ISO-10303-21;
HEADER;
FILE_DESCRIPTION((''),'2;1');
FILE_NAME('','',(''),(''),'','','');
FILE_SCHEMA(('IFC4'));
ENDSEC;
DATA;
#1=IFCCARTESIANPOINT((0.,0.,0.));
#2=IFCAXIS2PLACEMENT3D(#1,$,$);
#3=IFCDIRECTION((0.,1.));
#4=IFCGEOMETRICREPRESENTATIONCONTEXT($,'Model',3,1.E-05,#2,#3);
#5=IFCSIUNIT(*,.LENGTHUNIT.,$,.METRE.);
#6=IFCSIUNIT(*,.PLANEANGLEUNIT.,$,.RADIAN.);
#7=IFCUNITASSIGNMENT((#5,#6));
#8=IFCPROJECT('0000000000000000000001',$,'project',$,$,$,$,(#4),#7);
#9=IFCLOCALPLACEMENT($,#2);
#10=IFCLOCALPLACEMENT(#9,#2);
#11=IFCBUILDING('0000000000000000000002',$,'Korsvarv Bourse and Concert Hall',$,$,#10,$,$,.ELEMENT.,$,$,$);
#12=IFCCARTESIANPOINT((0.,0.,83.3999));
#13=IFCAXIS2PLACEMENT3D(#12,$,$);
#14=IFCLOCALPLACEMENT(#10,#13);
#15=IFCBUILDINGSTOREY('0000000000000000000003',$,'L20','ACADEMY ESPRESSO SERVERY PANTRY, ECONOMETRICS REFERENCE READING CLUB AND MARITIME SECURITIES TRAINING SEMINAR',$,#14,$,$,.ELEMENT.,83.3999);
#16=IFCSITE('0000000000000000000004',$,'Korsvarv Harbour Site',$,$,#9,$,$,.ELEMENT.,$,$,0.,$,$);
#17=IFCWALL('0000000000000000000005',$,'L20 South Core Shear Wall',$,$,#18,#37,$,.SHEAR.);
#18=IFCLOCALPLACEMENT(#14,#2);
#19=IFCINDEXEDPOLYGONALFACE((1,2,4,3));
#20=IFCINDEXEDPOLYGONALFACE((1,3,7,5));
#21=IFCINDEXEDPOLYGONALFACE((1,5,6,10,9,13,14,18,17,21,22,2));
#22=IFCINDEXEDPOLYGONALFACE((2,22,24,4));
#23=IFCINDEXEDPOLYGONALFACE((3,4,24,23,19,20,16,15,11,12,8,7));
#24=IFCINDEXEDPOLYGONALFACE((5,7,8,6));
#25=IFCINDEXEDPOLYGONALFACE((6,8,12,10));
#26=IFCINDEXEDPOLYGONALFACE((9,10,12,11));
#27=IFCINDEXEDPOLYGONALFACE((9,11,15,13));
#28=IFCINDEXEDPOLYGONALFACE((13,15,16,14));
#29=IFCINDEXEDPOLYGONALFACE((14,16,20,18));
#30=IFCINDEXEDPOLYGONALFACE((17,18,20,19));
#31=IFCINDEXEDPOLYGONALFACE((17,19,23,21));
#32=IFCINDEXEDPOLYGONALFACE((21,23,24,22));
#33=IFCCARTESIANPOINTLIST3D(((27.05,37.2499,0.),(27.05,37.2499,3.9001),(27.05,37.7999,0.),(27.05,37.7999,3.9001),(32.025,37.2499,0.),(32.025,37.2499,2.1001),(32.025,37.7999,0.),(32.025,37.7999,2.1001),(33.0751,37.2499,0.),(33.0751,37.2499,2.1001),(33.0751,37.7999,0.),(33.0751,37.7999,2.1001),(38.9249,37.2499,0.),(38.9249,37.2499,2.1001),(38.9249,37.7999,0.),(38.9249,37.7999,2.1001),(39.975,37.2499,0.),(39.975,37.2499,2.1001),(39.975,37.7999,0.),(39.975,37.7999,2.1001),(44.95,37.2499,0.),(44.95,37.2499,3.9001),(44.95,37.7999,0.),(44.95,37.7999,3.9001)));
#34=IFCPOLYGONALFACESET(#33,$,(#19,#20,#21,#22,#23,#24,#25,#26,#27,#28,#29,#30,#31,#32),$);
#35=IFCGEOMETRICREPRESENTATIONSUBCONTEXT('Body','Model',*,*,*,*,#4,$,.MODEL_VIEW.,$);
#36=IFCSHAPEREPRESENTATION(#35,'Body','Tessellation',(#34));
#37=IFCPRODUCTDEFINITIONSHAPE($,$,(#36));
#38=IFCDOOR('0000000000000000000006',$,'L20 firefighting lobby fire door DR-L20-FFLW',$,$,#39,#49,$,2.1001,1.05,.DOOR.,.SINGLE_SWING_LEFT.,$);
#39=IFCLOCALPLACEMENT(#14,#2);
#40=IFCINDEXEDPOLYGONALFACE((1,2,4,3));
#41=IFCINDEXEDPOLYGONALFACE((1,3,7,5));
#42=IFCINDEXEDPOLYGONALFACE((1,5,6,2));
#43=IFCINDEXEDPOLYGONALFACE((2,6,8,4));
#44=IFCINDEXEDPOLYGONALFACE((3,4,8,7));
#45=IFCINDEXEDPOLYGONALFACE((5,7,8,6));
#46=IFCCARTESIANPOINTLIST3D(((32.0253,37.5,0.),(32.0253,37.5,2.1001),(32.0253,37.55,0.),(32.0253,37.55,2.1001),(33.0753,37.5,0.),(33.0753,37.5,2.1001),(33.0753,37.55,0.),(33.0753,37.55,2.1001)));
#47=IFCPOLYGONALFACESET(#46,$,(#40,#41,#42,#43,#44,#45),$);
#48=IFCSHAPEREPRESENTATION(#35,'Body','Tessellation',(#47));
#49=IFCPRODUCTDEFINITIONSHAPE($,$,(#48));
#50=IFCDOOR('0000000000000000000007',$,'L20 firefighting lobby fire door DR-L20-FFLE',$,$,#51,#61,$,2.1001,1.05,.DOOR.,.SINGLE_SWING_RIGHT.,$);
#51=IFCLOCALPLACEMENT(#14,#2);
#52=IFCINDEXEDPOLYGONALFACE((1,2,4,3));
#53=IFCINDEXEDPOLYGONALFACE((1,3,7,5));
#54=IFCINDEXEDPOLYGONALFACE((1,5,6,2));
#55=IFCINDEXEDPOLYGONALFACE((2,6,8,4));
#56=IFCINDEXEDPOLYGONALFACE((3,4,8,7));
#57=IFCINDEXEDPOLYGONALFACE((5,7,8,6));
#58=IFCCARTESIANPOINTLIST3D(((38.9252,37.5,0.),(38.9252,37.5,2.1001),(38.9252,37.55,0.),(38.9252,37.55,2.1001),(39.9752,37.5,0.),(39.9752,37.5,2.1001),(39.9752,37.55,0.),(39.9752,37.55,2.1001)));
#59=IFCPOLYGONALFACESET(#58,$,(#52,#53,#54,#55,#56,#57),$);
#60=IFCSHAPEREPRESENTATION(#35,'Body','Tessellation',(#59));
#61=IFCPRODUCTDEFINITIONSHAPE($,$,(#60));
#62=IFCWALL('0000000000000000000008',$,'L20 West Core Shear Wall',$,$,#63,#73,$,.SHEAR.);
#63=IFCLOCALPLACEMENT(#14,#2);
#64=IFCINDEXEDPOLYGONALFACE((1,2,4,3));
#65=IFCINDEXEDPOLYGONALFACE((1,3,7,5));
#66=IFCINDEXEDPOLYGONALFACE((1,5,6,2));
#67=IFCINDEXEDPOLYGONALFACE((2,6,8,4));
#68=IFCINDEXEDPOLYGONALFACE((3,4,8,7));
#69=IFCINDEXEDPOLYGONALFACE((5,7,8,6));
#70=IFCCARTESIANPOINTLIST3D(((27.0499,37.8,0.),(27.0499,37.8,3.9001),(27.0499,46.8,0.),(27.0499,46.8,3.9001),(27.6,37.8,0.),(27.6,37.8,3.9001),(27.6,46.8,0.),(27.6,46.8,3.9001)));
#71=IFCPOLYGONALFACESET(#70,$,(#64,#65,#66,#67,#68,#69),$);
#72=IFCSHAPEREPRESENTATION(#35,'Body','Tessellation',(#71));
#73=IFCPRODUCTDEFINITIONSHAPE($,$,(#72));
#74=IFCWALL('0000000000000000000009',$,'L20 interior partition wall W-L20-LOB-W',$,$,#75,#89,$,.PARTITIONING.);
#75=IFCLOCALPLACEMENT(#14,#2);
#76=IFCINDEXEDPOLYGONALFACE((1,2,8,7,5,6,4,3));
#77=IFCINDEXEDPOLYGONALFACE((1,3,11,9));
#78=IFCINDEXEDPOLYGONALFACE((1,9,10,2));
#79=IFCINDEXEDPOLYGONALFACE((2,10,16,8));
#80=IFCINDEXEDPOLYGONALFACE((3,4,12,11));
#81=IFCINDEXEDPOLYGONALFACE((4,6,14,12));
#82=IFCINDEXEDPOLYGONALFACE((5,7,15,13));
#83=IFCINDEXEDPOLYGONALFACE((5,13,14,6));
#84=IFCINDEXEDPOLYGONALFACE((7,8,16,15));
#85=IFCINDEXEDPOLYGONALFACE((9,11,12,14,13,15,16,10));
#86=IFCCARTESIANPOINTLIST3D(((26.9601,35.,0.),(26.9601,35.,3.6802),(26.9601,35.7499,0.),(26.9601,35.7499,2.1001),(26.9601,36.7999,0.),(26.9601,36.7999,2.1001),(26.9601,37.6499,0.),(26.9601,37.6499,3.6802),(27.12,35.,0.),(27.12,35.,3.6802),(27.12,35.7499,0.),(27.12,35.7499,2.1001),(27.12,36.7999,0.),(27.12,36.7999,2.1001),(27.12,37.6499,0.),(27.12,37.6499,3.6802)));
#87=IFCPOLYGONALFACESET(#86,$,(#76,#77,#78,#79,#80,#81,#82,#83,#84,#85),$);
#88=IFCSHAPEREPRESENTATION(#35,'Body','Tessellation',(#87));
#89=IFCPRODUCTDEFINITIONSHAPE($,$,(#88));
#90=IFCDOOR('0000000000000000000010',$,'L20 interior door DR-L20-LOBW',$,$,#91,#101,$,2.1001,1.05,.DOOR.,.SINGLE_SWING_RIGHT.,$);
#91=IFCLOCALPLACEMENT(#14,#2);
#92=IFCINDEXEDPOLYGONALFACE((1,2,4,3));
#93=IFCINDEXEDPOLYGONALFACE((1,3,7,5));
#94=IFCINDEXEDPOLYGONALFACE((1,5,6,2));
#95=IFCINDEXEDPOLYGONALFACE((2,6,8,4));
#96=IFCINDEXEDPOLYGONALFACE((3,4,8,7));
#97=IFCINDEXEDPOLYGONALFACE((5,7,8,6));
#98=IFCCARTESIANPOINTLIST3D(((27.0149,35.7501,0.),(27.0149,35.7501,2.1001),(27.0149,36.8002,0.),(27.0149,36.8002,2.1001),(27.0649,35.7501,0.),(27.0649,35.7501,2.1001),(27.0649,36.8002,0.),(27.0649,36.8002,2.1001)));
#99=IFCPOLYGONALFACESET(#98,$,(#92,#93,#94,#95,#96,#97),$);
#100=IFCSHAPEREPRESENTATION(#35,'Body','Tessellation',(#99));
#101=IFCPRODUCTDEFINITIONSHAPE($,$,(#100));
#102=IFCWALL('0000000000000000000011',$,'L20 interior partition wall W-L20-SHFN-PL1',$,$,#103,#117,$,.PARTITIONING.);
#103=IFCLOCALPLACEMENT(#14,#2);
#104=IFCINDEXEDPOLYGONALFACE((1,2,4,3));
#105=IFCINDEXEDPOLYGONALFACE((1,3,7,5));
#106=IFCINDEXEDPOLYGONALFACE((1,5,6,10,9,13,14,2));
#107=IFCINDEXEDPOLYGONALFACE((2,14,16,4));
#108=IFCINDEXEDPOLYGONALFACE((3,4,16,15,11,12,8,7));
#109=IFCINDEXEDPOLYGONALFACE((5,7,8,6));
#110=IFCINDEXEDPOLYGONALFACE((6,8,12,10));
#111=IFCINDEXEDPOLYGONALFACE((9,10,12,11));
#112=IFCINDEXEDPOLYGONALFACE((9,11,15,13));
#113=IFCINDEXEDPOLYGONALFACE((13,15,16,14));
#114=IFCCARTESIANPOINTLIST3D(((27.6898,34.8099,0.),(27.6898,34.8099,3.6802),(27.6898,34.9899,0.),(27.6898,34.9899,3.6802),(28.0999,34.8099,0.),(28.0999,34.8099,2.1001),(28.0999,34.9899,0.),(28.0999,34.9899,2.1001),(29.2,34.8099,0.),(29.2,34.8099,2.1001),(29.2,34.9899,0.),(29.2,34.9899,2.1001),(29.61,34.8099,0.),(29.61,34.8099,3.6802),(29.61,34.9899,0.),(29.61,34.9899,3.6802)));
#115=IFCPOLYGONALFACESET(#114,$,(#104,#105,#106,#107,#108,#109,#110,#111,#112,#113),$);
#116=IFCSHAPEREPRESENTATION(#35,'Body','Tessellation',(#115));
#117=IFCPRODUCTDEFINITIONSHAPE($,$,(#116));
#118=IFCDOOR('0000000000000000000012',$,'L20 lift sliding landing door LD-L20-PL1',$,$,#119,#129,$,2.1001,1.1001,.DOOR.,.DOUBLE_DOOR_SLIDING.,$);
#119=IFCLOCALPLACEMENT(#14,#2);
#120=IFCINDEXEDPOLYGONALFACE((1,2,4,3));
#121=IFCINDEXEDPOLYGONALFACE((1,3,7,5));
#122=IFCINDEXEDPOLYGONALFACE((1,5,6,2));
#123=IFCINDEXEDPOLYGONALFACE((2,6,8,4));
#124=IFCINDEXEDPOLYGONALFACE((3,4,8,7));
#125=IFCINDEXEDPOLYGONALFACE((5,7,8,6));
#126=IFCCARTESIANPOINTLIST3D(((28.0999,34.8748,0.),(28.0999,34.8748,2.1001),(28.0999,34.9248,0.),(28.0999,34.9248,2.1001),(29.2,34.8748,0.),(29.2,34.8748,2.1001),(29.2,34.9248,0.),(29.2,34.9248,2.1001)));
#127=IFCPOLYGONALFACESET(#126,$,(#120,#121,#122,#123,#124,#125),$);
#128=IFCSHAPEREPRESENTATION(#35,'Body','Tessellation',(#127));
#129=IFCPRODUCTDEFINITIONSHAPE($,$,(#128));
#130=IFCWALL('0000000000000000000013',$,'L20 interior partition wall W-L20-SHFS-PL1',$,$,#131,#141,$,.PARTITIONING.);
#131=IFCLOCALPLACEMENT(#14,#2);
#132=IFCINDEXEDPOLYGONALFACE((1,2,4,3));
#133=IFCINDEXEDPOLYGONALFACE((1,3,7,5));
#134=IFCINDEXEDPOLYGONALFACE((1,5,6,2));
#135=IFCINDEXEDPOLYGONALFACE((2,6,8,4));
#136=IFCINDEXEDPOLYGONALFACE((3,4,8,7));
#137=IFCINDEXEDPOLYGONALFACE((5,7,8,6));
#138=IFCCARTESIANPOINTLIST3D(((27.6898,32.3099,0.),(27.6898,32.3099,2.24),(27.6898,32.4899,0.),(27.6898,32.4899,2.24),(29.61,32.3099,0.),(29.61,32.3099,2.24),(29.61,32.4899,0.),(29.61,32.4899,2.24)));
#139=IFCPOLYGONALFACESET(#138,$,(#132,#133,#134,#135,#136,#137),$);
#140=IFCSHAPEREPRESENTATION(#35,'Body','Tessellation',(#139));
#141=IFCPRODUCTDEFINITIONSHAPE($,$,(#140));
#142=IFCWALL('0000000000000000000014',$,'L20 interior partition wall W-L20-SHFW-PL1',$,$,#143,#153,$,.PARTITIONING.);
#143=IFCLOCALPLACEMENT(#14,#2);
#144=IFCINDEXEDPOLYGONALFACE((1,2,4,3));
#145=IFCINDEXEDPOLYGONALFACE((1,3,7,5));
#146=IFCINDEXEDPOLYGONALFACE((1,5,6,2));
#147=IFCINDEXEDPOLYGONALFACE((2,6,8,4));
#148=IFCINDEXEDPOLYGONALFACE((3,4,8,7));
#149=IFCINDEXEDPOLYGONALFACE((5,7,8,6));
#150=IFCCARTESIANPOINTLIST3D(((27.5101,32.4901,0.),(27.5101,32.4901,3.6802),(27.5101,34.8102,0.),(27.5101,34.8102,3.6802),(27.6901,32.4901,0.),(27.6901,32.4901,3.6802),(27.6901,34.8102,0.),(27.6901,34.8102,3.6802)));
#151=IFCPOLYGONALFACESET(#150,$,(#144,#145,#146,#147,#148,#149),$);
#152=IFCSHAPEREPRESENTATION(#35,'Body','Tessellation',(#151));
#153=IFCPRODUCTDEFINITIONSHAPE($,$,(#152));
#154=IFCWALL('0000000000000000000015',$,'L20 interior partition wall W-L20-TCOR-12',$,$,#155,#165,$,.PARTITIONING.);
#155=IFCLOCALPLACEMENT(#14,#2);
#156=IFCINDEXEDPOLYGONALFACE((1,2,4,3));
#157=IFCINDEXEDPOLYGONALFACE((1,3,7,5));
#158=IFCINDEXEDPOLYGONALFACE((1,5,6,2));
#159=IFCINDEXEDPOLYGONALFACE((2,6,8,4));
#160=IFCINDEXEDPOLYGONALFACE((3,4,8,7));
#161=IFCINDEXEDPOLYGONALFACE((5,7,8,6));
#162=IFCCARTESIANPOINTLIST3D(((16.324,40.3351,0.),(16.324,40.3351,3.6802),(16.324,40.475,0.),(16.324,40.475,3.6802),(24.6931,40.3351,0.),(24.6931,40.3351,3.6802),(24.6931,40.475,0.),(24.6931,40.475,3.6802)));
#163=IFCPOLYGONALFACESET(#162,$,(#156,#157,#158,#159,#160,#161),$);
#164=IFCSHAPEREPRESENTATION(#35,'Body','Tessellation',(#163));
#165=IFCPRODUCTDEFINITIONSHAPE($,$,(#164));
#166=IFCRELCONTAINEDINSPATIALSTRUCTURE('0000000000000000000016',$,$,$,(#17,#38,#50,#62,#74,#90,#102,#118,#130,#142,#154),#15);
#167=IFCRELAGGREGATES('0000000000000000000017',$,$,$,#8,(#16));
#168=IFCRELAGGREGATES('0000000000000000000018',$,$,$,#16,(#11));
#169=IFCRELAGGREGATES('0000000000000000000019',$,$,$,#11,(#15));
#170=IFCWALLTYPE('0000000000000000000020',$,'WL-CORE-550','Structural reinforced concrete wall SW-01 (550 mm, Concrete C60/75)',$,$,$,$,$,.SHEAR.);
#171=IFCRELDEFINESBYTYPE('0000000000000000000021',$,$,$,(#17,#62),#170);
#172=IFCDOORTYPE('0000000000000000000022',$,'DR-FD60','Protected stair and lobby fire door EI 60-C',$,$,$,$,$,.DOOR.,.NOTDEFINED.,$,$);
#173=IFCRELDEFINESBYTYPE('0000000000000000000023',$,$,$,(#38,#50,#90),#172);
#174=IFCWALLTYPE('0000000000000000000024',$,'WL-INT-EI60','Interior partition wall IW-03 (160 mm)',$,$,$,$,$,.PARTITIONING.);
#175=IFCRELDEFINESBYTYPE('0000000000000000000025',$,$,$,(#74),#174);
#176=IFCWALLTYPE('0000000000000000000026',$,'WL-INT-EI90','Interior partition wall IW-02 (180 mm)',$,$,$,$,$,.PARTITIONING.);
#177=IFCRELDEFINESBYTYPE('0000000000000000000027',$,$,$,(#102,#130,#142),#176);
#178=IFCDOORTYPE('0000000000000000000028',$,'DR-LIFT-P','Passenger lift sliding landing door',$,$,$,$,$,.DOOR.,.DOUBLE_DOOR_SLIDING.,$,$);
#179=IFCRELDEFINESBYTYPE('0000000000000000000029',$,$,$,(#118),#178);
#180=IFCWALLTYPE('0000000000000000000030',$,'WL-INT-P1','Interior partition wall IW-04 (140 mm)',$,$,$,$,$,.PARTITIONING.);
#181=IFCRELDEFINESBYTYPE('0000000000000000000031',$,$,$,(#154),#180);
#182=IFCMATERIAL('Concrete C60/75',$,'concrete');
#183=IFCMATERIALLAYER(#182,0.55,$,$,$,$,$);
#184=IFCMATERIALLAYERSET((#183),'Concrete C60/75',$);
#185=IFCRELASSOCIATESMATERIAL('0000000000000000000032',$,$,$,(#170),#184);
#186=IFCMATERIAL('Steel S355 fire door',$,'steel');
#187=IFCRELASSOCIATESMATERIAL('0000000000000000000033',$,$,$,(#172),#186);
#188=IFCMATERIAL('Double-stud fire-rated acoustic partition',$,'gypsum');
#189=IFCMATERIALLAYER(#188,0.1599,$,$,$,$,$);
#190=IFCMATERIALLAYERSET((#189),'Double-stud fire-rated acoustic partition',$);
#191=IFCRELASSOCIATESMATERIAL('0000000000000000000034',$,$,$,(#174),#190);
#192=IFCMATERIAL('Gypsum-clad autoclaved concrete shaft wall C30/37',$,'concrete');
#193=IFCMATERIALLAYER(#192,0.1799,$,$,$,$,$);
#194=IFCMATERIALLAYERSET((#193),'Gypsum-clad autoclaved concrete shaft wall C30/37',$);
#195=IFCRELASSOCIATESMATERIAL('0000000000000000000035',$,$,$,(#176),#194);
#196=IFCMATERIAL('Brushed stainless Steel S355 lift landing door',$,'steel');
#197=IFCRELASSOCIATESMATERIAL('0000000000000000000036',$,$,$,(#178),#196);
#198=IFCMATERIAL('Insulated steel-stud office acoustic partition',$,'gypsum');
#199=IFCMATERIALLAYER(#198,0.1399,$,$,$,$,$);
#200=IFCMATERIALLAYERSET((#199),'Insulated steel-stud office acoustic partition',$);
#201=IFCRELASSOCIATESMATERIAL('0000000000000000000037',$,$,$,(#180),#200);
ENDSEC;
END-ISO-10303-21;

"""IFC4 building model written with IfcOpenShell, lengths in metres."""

from ifc_helpers import new_model, si_unit, direction, frame, frame_2d, origin, place, context, subcontext, project, spatial, rectangle, extrude, material, layer, layer_set, type_object, element, fill, save


model = new_model("IFC4")

# Units and contexts
model_context = context("Model", 3, precision=1e-05, world=origin(), true_north=direction((0.0, 1.0)))
body_context = subcontext(model_context, "Body", "Model", "MODEL_VIEW")
ifc_project = project(units=[si_unit("LENGTHUNIT", "METRE"), si_unit("PLANEANGLEUNIT", "RADIAN")], contexts=[model_context])

# Site, building, storey
site_placement = place(None, origin())
site = spatial("IfcSite", under=ifc_project, at=site_placement, Name="Korsvarv Harbour Site", CompositionType="ELEMENT", RefElevation=0.0)
building_placement = place(site_placement, origin())
building = spatial("IfcBuilding", under=site, at=building_placement, Name="Korsvarv Bourse and Concert Hall", CompositionType="ELEMENT")
storey_placement = place(building_placement, frame((0.0, 0.0, 83.3999)))
storey = spatial("IfcBuildingStorey", under=building, at=storey_placement, Name="L20", Description="ACADEMY ESPRESSO SERVERY PANTRY, ECONOMETRICS REFERENCE READING CLUB AND MARITIME SECURITIES TRAINING SEMINAR", CompositionType="ELEMENT", Elevation=83.3999)

# Shared definitions
ifc_material_1 = material(Name="Concrete C60/75", Category="concrete")

# Wall, openings, doors
ifc_layer_1 = layer(ifc_material_1, 0.55)
ifc_layer_set_1 = layer_set([ifc_layer_1], Name="Concrete C60/75")
wall_type_1 = type_object("IfcWallType", Name="WL-CORE-550", Description="Structural reinforced concrete wall SW-01 (550 mm, Concrete C60/75)", PredefinedType="SHEAR", material=ifc_layer_set_1)
wall_1_placement = place(storey_placement, frame((27.05, 37.5249, 0.0), z_axis=(0.0, 0.0, 1.0), x_axis=(1.0, 0.0, 0.0)))
wall_1 = element("IfcWall", 1, at=wall_1_placement, inside=storey, type_object=wall_type_1, Name="L20 South Core Shear Wall", PredefinedType="SHEAR", context=body_context, shape_type="SweptSolid", body=[
    extrude(rectangle(XDim=17.8999, YDim=0.55, at=frame_2d((8.95, 0.0))), origin(), (0.0, 0.0, 1.0), 3.9001),
])
opening_1_placement = place(wall_1_placement, frame((4.9751, 0.0, 0.0)))
opening_1 = element("IfcOpeningElement", 2, at=opening_1_placement, cuts=wall_1, PredefinedType="OPENING", context=body_context, shape_type="SweptSolid", body=[
    extrude(rectangle(XDim=1.05, YDim=2.1001, at=frame_2d((0.5249, 1.05))), frame((0.0, 0.2852, 0.0), z_axis=(0.0, -1.0, 0.0), x_axis=(1.0, 0.0, 0.0)), (0.0, 0.0, 1.0), 0.5701),
])
opening_2_placement = place(wall_1_placement, frame((11.875, 0.0, 0.0)))
opening_2 = element("IfcOpeningElement", 3, at=opening_2_placement, cuts=wall_1, PredefinedType="OPENING", context=body_context, shape_type="SweptSolid", body=[
    extrude(rectangle(XDim=1.05, YDim=2.1001, at=frame_2d((0.5249, 1.05))), frame((0.0, 0.2852, 0.0), z_axis=(0.0, -1.0, 0.0), x_axis=(1.0, 0.0, 0.0)), (0.0, 0.0, 1.0), 0.5701),
])
ifc_material_2 = material(Name="Steel S355 fire door", Category="steel")
door_type_1 = type_object("IfcDoorType", Name="DR-FD60", Description="Protected stair and lobby fire door EI 60-C", OperationType="NOTDEFINED", PredefinedType="DOOR", material=ifc_material_2)
door_1_placement = place(opening_1_placement, frame((1.05, 0.0, 0.0), z_axis=(0.0, 0.0, 1.0), x_axis=(-1.0, 0.0, 0.0)))
door_1 = element("IfcDoor", 4, at=door_1_placement, inside=storey, type_object=door_type_1, Name="L20 firefighting lobby fire door DR-L20-FFLW", OperationType="SINGLE_SWING_LEFT", OverallHeight=2.1001, OverallWidth=1.05, PredefinedType="DOOR", context=body_context, shape_type="SweptSolid", body=[
    extrude(rectangle(XDim=1.05, YDim=2.1001, at=frame_2d((0.5249, 1.05))), frame((0.0, 0.0249, 0.0), z_axis=(0.0, -1.0, 0.0), x_axis=(1.0, 0.0, 0.0)), (0.0, 0.0, 1.0), 0.05),
])
fill(opening_1, door_1)
door_2_placement = place(opening_2_placement, frame((1.05, 0.0, 0.0), z_axis=(0.0, 0.0, 1.0), x_axis=(-1.0, 0.0, 0.0)))
door_2 = element("IfcDoor", 5, at=door_2_placement, inside=storey, type_object=door_type_1, Name="L20 firefighting lobby fire door DR-L20-FFLE", OperationType="SINGLE_SWING_RIGHT", OverallHeight=2.1001, OverallWidth=1.05, PredefinedType="DOOR", context=body_context, shape_type="SweptSolid", body=[
    extrude(rectangle(XDim=1.05, YDim=2.1001, at=frame_2d((0.5249, 1.05))), frame((0.0, 0.0249, 0.0), z_axis=(0.0, -1.0, 0.0), x_axis=(1.0, 0.0, 0.0)), (0.0, 0.0, 1.0), 0.05),
])
fill(opening_2, door_2)

# Wall
wall_2_placement = place(storey_placement, frame((27.325, 37.8, 0.0), z_axis=(0.0, 0.0, 1.0), x_axis=(0.0, 1.0, 0.0)))
element("IfcWall", 6, at=wall_2_placement, inside=storey, type_object=wall_type_1, Name="L20 West Core Shear Wall", PredefinedType="SHEAR", context=body_context, shape_type="SweptSolid", body=[
    extrude(rectangle(XDim=9.0, YDim=0.55, at=frame_2d((4.5, 0.0))), origin(), (0.0, 0.0, 1.0), 3.9001),
])

# Walls, openings, doors
ifc_material_3 = material(Name="Double-stud fire-rated acoustic partition", Category="gypsum")
ifc_layer_2 = layer(ifc_material_3, 0.1599)
ifc_layer_set_2 = layer_set([ifc_layer_2], Name="Double-stud fire-rated acoustic partition")
wall_type_2 = type_object("IfcWallType", Name="WL-INT-EI60", Description="Interior partition wall IW-03 (160 mm)", PredefinedType="PARTITIONING", material=ifc_layer_set_2)
wall_3_placement = place(storey_placement, frame((27.04, 35.0, 0.0), z_axis=(0.0, 0.0, 1.0), x_axis=(0.0, 1.0, 0.0)))
wall_3 = element("IfcWall", 7, at=wall_3_placement, inside=storey, type_object=wall_type_2, Name="L20 interior partition wall W-L20-LOB-W", PredefinedType="PARTITIONING", context=body_context, shape_type="SweptSolid", body=[
    extrude(rectangle(XDim=2.6499, YDim=0.1599, at=frame_2d((1.325, 0.0))), origin(), (0.0, 0.0, 1.0), 3.6802),
])
opening_3_placement = place(wall_3_placement, frame((0.75, 0.0, 0.0)))
opening_3 = element("IfcOpeningElement", 8, at=opening_3_placement, cuts=wall_3, PredefinedType="OPENING", context=body_context, shape_type="SweptSolid", body=[
    extrude(rectangle(XDim=1.05, YDim=2.1001, at=frame_2d((0.5249, 1.05))), frame((0.0, 0.0898, 0.0), z_axis=(0.0, -1.0, 0.0), x_axis=(1.0, 0.0, 0.0)), (0.0, 0.0, 1.0), 0.1799),
])
door_3_placement = place(opening_3_placement, frame((1.05, 0.0, 0.0), z_axis=(0.0, 0.0, 1.0), x_axis=(-1.0, 0.0, 0.0)))
door_3 = element("IfcDoor", 9, at=door_3_placement, inside=storey, type_object=door_type_1, Name="L20 interior door DR-L20-LOBW", OperationType="SINGLE_SWING_RIGHT", OverallHeight=2.1001, OverallWidth=1.05, PredefinedType="DOOR", context=body_context, shape_type="SweptSolid", body=[
    extrude(rectangle(XDim=1.05, YDim=2.1001, at=frame_2d((0.5249, 1.05))), frame((0.0, 0.0249, 0.0), z_axis=(0.0, -1.0, 0.0), x_axis=(1.0, 0.0, 0.0)), (0.0, 0.0, 1.0), 0.05),
])
fill(opening_3, door_3)
ifc_material_4 = material(Name="Gypsum-clad autoclaved concrete shaft wall C30/37", Category="concrete")
ifc_layer_3 = layer(ifc_material_4, 0.1799)
ifc_layer_set_3 = layer_set([ifc_layer_3], Name="Gypsum-clad autoclaved concrete shaft wall C30/37")
wall_type_3 = type_object("IfcWallType", Name="WL-INT-EI90", Description="Interior partition wall IW-02 (180 mm)", PredefinedType="PARTITIONING", material=ifc_layer_set_3)
wall_4_placement = place(storey_placement, frame((27.6899, 34.8999, 0.0), z_axis=(0.0, 0.0, 1.0), x_axis=(1.0, 0.0, 0.0)))
wall_4 = element("IfcWall", 10, at=wall_4_placement, inside=storey, type_object=wall_type_3, Name="L20 interior partition wall W-L20-SHFN-PL1", PredefinedType="PARTITIONING", context=body_context, shape_type="SweptSolid", body=[
    extrude(rectangle(XDim=1.9202, YDim=0.1799, at=frame_2d((0.96, 0.0))), origin(), (0.0, 0.0, 1.0), 3.6802),
])
opening_4_placement = place(wall_4_placement, frame((0.4099, 0.0, 0.0)))
opening_4 = element("IfcOpeningElement", 11, at=opening_4_placement, cuts=wall_4, PredefinedType="OPENING", context=body_context, shape_type="SweptSolid", body=[
    extrude(rectangle(XDim=1.1001, YDim=2.1001, at=frame_2d((0.55, 1.05))), frame((0.0, 0.1001, 0.0), z_axis=(0.0, -1.0, 0.0), x_axis=(1.0, 0.0, 0.0)), (0.0, 0.0, 1.0), 0.2),
])
ifc_material_5 = material(Name="Brushed stainless Steel S355 lift landing door", Category="steel")
door_type_2 = type_object("IfcDoorType", Name="DR-LIFT-P", Description="Passenger lift sliding landing door", OperationType="DOUBLE_DOOR_SLIDING", PredefinedType="DOOR", material=ifc_material_5)
door_4_placement = place(opening_4_placement, origin())
door_4 = element("IfcDoor", 12, at=door_4_placement, inside=storey, type_object=door_type_2, Name="L20 lift sliding landing door LD-L20-PL1", OperationType="DOUBLE_DOOR_SLIDING", OverallHeight=2.1001, OverallWidth=1.1001, PredefinedType="DOOR", context=body_context, shape_type="SweptSolid", body=[
    extrude(rectangle(XDim=1.1001, YDim=2.1001, at=frame_2d((0.55, 1.05))), frame((0.0, 0.0249, 0.0), z_axis=(0.0, -1.0, 0.0), x_axis=(1.0, 0.0, 0.0)), (0.0, 0.0, 1.0), 0.05),
])
fill(opening_4, door_4)

# Walls
wall_5_placement = place(storey_placement, frame((27.6899, 32.3999, 0.0), z_axis=(0.0, 0.0, 1.0), x_axis=(1.0, 0.0, 0.0)))
element("IfcWall", 13, at=wall_5_placement, inside=storey, type_object=wall_type_3, Name="L20 interior partition wall W-L20-SHFS-PL1", PredefinedType="PARTITIONING", context=body_context, shape_type="SweptSolid", body=[
    extrude(rectangle(XDim=1.9202, YDim=0.1799, at=frame_2d((0.96, 0.0))), origin(), (0.0, 0.0, 1.0), 2.24),
])
wall_6_placement = place(storey_placement, frame((27.6001, 32.49, 0.0), z_axis=(0.0, 0.0, 1.0), x_axis=(0.0, 1.0, 0.0)))
element("IfcWall", 14, at=wall_6_placement, inside=storey, type_object=wall_type_3, Name="L20 interior partition wall W-L20-SHFW-PL1", PredefinedType="PARTITIONING", context=body_context, shape_type="SweptSolid", body=[
    extrude(rectangle(XDim=2.3201, YDim=0.1799, at=frame_2d((1.1602, 0.0))), origin(), (0.0, 0.0, 1.0), 3.6802),
])
ifc_material_6 = material(Name="Insulated steel-stud office acoustic partition", Category="gypsum")
ifc_layer_4 = layer(ifc_material_6, 0.1399)
ifc_layer_set_4 = layer_set([ifc_layer_4], Name="Insulated steel-stud office acoustic partition")
wall_type_4 = type_object("IfcWallType", Name="WL-INT-P1", Description="Interior partition wall IW-04 (140 mm)", PredefinedType="PARTITIONING", material=ifc_layer_set_4)
wall_7_placement = place(storey_placement, frame((16.324, 40.405, 0.0), z_axis=(0.0, 0.0, 1.0), x_axis=(1.0, 0.0, 0.0)))
element("IfcWall", 15, at=wall_7_placement, inside=storey, type_object=wall_type_4, Name="L20 interior partition wall W-L20-TCOR-12", PredefinedType="PARTITIONING", context=body_context, shape_type="SweptSolid", body=[
    extrude(rectangle(XDim=8.3691, YDim=0.1399, at=frame_2d((4.1846, 0.0))), origin(), (0.0, 0.0, 1.0), 3.6802),
])

save(model, "model.ifc")
